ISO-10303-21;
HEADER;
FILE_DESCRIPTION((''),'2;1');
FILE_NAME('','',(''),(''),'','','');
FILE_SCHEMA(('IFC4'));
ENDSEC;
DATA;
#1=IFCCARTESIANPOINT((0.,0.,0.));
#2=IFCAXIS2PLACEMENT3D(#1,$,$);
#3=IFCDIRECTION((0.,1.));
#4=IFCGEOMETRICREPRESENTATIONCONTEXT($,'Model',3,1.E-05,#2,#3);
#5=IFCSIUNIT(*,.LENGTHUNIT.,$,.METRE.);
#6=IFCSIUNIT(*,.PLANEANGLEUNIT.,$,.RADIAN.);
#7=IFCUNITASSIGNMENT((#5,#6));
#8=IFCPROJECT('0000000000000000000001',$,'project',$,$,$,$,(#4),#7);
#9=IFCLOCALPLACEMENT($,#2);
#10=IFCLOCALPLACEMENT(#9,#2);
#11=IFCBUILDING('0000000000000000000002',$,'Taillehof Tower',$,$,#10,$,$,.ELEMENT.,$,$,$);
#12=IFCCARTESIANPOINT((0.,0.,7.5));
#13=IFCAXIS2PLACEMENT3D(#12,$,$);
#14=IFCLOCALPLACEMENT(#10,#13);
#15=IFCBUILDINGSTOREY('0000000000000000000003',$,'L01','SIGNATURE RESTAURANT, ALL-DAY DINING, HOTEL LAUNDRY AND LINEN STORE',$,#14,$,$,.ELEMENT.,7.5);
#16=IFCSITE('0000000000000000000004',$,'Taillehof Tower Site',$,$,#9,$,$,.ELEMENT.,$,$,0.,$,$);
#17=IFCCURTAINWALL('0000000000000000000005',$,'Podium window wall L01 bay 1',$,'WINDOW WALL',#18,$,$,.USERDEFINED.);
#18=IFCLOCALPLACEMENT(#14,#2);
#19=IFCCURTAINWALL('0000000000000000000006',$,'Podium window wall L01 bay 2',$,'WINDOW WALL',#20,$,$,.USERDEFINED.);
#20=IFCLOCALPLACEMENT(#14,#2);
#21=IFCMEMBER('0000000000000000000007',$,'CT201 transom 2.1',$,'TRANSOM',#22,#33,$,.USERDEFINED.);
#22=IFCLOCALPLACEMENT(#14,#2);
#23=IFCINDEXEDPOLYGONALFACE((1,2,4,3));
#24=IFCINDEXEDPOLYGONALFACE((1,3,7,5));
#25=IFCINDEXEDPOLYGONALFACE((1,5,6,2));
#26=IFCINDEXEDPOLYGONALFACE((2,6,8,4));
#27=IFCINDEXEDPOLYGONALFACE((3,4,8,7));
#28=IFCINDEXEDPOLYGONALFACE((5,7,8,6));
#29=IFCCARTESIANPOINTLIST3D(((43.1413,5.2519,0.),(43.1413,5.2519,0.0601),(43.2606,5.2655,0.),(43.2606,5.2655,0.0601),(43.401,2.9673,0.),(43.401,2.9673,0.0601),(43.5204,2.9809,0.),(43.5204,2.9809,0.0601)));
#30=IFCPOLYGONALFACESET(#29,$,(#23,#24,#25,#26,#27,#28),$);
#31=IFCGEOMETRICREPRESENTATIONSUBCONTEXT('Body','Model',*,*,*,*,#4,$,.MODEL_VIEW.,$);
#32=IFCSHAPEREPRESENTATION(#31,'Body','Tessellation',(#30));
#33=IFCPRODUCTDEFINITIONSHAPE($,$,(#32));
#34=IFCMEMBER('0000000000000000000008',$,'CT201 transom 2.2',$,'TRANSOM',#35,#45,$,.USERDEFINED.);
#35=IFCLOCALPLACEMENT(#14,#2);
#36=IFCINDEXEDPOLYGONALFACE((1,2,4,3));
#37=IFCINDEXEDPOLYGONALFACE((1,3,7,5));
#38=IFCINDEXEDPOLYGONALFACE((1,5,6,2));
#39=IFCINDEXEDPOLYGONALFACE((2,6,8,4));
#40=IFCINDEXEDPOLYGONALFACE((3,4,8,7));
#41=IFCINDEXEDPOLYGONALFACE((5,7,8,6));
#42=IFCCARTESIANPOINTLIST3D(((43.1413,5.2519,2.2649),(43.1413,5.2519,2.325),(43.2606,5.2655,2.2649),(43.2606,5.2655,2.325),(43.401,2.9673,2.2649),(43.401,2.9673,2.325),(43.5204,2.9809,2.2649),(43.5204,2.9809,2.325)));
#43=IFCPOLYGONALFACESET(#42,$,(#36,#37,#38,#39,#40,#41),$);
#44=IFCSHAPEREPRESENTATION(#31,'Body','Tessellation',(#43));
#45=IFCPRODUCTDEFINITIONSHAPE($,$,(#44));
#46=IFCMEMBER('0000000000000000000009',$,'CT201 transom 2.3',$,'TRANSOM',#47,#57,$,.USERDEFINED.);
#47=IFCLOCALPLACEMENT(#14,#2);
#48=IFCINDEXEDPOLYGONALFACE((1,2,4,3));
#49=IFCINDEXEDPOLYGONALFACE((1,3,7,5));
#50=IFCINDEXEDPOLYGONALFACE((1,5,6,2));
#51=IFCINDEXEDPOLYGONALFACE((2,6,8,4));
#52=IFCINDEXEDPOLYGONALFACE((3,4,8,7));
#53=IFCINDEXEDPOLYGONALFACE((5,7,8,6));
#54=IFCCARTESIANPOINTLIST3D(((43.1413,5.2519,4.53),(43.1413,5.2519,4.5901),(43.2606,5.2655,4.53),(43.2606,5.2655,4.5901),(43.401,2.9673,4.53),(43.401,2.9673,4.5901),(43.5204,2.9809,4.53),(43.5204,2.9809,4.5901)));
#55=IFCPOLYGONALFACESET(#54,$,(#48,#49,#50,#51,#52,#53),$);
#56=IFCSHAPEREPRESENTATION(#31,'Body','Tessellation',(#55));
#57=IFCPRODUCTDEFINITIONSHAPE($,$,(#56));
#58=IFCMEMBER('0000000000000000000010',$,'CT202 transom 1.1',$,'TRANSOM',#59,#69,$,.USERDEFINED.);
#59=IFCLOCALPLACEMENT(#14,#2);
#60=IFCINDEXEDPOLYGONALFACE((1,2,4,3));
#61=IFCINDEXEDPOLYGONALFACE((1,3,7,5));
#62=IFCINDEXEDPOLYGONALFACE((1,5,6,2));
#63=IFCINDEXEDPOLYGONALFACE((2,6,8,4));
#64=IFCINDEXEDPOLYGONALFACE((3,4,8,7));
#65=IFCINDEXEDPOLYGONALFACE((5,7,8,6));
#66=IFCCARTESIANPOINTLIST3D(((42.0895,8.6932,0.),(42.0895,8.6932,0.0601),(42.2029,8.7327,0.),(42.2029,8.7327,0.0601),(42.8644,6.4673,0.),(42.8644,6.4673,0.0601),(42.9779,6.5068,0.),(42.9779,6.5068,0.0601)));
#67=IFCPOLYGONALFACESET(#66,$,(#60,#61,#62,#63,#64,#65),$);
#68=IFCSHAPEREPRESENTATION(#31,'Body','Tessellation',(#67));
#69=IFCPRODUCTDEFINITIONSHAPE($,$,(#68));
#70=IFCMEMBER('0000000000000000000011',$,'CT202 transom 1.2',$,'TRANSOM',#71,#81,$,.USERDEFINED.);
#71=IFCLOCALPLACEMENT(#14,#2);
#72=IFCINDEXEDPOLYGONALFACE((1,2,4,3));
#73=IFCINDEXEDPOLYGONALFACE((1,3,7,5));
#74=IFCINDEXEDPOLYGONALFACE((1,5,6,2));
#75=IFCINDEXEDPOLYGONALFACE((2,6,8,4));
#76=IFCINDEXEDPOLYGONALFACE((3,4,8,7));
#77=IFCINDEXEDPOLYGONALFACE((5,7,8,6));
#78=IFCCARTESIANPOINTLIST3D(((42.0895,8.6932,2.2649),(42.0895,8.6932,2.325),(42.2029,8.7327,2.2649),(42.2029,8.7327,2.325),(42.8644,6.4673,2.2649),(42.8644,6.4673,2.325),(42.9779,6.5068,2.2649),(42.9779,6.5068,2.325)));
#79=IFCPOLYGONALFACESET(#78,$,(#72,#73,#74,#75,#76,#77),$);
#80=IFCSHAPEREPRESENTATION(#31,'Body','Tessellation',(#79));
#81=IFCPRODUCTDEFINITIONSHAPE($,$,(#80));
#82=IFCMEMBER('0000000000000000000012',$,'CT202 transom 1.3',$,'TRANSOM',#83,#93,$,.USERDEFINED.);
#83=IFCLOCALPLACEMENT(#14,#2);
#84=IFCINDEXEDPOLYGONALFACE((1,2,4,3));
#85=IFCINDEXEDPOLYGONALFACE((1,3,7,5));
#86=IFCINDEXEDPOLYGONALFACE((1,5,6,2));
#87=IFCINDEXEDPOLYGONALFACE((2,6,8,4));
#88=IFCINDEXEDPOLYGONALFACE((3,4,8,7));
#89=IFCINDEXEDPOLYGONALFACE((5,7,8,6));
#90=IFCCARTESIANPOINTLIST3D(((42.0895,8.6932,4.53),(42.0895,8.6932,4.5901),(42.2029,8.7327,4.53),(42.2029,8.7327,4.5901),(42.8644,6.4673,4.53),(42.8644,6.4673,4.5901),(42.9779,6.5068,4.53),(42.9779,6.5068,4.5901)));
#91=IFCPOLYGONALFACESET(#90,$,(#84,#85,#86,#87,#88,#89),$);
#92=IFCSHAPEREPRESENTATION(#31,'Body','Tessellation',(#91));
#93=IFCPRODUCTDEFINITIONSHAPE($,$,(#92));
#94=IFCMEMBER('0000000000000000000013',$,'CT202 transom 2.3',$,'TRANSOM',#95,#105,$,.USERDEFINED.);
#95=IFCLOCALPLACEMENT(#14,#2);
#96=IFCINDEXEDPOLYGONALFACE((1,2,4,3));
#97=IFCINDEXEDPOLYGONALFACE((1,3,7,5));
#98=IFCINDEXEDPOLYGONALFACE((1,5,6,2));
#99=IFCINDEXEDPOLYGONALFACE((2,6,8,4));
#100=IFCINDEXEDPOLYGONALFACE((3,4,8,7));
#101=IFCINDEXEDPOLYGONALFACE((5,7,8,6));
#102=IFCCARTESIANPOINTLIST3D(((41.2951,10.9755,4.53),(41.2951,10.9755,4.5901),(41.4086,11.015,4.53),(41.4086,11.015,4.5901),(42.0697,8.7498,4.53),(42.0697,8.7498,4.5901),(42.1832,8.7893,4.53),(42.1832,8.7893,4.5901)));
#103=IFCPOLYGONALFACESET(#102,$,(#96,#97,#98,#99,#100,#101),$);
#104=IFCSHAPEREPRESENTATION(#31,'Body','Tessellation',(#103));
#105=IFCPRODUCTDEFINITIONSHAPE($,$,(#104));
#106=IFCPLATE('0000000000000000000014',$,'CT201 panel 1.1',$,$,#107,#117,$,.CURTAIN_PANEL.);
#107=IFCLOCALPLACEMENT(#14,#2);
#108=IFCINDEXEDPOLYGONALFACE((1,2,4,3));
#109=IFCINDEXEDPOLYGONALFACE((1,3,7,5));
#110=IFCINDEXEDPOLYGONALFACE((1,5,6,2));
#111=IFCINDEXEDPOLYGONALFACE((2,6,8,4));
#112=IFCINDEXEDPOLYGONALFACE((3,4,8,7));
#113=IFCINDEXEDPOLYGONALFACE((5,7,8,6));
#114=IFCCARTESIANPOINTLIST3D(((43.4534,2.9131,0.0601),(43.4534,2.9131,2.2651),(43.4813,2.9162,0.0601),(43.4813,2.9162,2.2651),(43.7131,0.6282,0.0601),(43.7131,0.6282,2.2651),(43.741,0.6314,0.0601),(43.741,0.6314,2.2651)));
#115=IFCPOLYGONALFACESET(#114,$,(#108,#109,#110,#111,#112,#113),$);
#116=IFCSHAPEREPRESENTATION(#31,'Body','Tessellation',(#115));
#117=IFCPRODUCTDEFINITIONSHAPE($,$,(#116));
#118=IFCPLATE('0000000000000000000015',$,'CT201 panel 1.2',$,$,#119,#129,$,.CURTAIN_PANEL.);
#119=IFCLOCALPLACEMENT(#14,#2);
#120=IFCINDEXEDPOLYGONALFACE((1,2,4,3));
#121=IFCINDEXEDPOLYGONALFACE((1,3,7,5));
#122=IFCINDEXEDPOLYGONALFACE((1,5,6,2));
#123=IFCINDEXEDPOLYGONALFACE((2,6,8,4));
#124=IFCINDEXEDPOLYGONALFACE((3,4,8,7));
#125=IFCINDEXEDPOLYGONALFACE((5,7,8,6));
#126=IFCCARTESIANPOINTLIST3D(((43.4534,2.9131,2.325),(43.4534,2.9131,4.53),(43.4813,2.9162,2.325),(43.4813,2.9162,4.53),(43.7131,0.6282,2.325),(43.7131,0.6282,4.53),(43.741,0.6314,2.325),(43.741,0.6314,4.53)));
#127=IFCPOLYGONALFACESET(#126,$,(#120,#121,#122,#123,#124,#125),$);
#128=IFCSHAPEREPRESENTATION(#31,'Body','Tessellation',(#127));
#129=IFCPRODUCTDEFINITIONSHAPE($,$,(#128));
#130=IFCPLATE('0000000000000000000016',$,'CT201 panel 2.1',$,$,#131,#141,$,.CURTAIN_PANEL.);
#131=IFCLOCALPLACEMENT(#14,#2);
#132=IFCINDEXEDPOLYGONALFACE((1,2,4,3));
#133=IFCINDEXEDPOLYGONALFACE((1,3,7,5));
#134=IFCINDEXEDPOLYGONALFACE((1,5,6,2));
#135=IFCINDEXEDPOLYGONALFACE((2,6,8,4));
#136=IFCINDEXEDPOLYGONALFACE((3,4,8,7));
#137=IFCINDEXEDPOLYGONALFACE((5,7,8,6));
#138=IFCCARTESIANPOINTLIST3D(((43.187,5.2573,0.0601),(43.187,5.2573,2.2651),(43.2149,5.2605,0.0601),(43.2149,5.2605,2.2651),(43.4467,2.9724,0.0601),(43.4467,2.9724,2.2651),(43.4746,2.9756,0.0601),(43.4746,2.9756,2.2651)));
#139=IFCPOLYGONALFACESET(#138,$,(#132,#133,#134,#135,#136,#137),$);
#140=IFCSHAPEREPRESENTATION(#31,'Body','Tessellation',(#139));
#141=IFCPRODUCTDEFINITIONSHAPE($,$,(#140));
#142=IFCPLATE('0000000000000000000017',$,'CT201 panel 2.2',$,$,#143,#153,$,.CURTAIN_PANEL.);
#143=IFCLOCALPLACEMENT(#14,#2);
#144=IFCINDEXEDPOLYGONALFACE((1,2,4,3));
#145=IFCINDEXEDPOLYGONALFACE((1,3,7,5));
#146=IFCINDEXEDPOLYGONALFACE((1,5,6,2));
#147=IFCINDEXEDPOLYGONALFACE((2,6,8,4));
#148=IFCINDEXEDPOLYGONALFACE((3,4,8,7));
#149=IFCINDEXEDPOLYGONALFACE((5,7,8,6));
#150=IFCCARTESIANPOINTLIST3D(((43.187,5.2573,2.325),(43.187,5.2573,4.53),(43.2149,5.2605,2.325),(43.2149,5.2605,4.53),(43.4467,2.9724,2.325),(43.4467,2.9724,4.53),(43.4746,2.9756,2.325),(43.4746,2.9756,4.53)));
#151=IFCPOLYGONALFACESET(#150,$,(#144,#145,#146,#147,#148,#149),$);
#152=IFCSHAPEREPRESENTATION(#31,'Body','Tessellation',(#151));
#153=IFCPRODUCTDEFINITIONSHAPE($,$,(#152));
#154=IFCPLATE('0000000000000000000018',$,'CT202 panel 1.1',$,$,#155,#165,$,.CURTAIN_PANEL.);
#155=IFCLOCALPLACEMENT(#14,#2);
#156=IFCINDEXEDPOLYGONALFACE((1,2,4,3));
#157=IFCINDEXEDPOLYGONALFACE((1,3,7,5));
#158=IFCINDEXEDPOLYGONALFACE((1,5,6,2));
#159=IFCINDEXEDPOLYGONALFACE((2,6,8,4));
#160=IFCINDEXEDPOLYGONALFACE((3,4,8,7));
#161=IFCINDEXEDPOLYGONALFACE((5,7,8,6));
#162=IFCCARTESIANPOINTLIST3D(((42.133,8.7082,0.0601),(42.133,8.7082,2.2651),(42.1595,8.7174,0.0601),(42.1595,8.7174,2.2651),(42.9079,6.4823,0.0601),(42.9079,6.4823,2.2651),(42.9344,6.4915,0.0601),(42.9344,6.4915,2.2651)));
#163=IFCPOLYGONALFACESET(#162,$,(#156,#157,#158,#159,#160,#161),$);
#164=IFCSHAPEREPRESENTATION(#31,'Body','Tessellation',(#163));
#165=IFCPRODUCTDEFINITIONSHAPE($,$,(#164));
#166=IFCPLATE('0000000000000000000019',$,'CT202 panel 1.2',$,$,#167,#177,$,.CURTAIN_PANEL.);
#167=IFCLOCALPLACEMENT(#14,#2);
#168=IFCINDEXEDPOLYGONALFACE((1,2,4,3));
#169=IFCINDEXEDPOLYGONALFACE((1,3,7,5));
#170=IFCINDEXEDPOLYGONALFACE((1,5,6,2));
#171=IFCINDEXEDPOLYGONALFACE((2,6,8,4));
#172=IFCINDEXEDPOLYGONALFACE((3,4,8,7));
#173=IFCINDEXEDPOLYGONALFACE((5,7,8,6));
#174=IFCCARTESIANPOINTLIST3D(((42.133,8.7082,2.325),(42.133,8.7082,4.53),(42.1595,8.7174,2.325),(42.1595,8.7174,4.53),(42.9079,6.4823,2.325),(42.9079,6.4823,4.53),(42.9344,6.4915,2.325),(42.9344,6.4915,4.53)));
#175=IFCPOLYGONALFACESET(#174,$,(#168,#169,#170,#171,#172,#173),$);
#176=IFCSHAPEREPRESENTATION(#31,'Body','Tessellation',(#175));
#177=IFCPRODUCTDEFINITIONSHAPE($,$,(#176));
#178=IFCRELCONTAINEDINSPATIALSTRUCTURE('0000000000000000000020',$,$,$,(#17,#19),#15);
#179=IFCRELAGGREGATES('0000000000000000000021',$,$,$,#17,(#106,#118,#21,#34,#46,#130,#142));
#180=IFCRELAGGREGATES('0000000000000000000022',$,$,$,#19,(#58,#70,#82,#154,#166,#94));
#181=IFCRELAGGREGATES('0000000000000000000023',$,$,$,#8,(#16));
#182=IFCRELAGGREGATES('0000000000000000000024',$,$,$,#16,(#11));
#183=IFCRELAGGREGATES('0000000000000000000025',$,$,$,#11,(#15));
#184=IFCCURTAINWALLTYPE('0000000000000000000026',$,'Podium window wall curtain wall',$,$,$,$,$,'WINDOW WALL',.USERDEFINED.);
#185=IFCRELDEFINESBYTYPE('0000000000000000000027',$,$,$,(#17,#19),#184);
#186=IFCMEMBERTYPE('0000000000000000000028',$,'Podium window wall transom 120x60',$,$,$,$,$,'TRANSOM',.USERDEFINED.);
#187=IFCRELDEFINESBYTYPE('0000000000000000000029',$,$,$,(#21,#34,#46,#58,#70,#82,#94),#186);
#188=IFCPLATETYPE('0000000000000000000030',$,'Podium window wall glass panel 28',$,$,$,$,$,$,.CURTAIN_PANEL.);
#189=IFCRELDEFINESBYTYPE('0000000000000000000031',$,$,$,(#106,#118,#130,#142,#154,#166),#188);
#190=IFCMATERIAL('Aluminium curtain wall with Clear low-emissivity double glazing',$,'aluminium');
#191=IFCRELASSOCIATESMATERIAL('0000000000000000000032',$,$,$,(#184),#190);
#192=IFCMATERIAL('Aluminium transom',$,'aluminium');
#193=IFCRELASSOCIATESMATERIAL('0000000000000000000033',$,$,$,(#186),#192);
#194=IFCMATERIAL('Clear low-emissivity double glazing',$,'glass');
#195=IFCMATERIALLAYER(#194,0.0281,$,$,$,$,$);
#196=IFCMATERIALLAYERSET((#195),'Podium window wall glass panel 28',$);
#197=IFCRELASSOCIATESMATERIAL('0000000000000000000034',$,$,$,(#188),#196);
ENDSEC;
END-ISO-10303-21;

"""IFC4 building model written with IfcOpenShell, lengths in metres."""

from ifc_helpers import new_model, si_unit, direction, frame, origin, origin_2d, place, context, subcontext, project, spatial, rectangle, extrude, material, layer, layer_set, material_profile, profile_set, type_object, element, aggregate, save


model = new_model("IFC4")

# Units and contexts
model_context = context("Model", 3, precision=1e-05, world=origin(), true_north=direction((0.0, 1.0)))
body_context = subcontext(model_context, "Body", "Model", "MODEL_VIEW")
ifc_project = project(units=[si_unit("LENGTHUNIT", "METRE"), si_unit("PLANEANGLEUNIT", "RADIAN")], contexts=[model_context])

# Site, building, storey
site_placement = place(None, origin())
site = spatial("IfcSite", under=ifc_project, at=site_placement, Name="Taillehof Tower Site", CompositionType="ELEMENT", RefElevation=0.0)
building_placement = place(site_placement, origin())
building = spatial("IfcBuilding", under=site, at=building_placement, Name="Taillehof Tower", CompositionType="ELEMENT")
storey_placement = place(building_placement, frame((0.0, 0.0, 7.5)))
storey = spatial("IfcBuildingStorey", under=building, at=storey_placement, Name="L01", Description="SIGNATURE RESTAURANT, ALL-DAY DINING, HOTEL LAUNDRY AND LINEN STORE", CompositionType="ELEMENT", Elevation=7.5)

# Curtain walls
ifc_material_1 = material(Name="Aluminium curtain wall with Clear low-emissivity double glazing", Category="aluminium")
curtain_wall_type = type_object("IfcCurtainWallType", Name="Podium window wall curtain wall", ElementType="WINDOW WALL", PredefinedType="USERDEFINED", material=ifc_material_1)
curtain_wall_1_placement = place(storey_placement, origin())
curtain_wall_1 = element("IfcCurtainWall", 1, at=curtain_wall_1_placement, inside=storey, type_object=curtain_wall_type, Name="Podium window wall L01 bay 1", ObjectType="WINDOW WALL", PredefinedType="USERDEFINED")
curtain_wall_2_placement = place(storey_placement, origin())
curtain_wall_2 = element("IfcCurtainWall", 2, at=curtain_wall_2_placement, inside=storey, type_object=curtain_wall_type, Name="Podium window wall L01 bay 2", ObjectType="WINDOW WALL", PredefinedType="USERDEFINED")

# Members
ifc_material_2 = material(Name="Aluminium transom", Category="aluminium")
ifc_material_profile_1 = material_profile(ifc_material_2, rectangle(XDim=0.1201, YDim=0.0601, at=origin_2d()), Name="AL 120x60")
ifc_profile_set_1 = profile_set([ifc_material_profile_1], Name="Aluminium transom")
member_type_1 = type_object("IfcMemberType", Name="Podium window wall transom 120x60", ElementType="TRANSOM", PredefinedType="USERDEFINED", material=ifc_profile_set_1)
member_1_placement = place(storey_placement, frame((43.4607, 2.9741, 0.03), z_axis=(-0.112972, 0.993598, 0.0), x_axis=(-0.993598, -0.112972, 0.0)))
member_1 = element("IfcMember", 3, at=member_1_placement, type_object=member_type_1, Name="CT201 transom 2.1", ObjectType="TRANSOM", PredefinedType="USERDEFINED", context=body_context, shape_type="SweptSolid", body=[
    extrude(rectangle(XDim=0.1201, YDim=0.0601, at=origin_2d()), origin(), (0.0, 0.0, 1.0), 2.2993),
])
member_2_placement = place(storey_placement, frame((43.4607, 2.9741, 2.2949), z_axis=(-0.112972, 0.993598, 0.0), x_axis=(-0.993598, -0.112972, 0.0)))
member_2 = element("IfcMember", 4, at=member_2_placement, type_object=member_type_1, Name="CT201 transom 2.2", ObjectType="TRANSOM", PredefinedType="USERDEFINED", context=body_context, shape_type="SweptSolid", body=[
    extrude(rectangle(XDim=0.1201, YDim=0.0601, at=origin_2d()), origin(), (0.0, 0.0, 1.0), 2.2993),
])
member_3_placement = place(storey_placement, frame((43.4607, 2.9741, 4.5601), z_axis=(-0.112972, 0.993598, 0.0), x_axis=(-0.993598, -0.112972, 0.0)))
member_3 = element("IfcMember", 5, at=member_3_placement, type_object=member_type_1, Name="CT201 transom 2.3", ObjectType="TRANSOM", PredefinedType="USERDEFINED", context=body_context, shape_type="SweptSolid", body=[
    extrude(rectangle(XDim=0.1201, YDim=0.0601, at=origin_2d()), origin(), (0.0, 0.0, 1.0), 2.2993),
])
member_4_placement = place(storey_placement, frame((42.9211, 6.4871, 0.03), z_axis=(-0.328786, 0.944405, 0.0), x_axis=(-0.944405, -0.328786, 0.0)))
member_4 = element("IfcMember", 6, at=member_4_placement, type_object=member_type_1, Name="CT202 transom 1.1", ObjectType="TRANSOM", PredefinedType="USERDEFINED", context=body_context, shape_type="SweptSolid", body=[
    extrude(rectangle(XDim=0.1201, YDim=0.0601, at=origin_2d()), origin(), (0.0, 0.0, 1.0), 2.3569),
])
member_5_placement = place(storey_placement, frame((42.9211, 6.4871, 2.2949), z_axis=(-0.328786, 0.944405, 0.0), x_axis=(-0.944405, -0.328786, 0.0)))
member_5 = element("IfcMember", 7, at=member_5_placement, type_object=member_type_1, Name="CT202 transom 1.2", ObjectType="TRANSOM", PredefinedType="USERDEFINED", context=body_context, shape_type="SweptSolid", body=[
    extrude(rectangle(XDim=0.1201, YDim=0.0601, at=origin_2d()), origin(), (0.0, 0.0, 1.0), 2.3569),
])
member_6_placement = place(storey_placement, frame((42.9211, 6.4871, 4.5601), z_axis=(-0.328786, 0.944405, 0.0), x_axis=(-0.944405, -0.328786, 0.0)))
member_6 = element("IfcMember", 8, at=member_6_placement, type_object=member_type_1, Name="CT202 transom 1.3", ObjectType="TRANSOM", PredefinedType="USERDEFINED", context=body_context, shape_type="SweptSolid", body=[
    extrude(rectangle(XDim=0.1201, YDim=0.0601, at=origin_2d()), origin(), (0.0, 0.0, 1.0), 2.3569),
])
member_7_placement = place(storey_placement, frame((42.1265, 8.7695, 4.5601), z_axis=(-0.328693, 0.944437, 0.0), x_axis=(-0.944437, -0.328693, 0.0)))
member_7 = element("IfcMember", 9, at=member_7_placement, type_object=member_type_1, Name="CT202 transom 2.3", ObjectType="TRANSOM", PredefinedType="USERDEFINED", context=body_context, shape_type="SweptSolid", body=[
    extrude(rectangle(XDim=0.1201, YDim=0.0601, at=origin_2d()), origin(), (0.0, 0.0, 1.0), 2.3567),
])

# Plates
ifc_material_3 = material(Name="Clear low-emissivity double glazing", Category="glass")
ifc_layer = layer(ifc_material_3, 0.0281)
ifc_layer_set = layer_set([ifc_layer], Name="Podium window wall glass panel 28")
plate_type = type_object("IfcPlateType", Name="Podium window wall glass panel 28", PredefinedType="CURTAIN_PANEL", material=ifc_layer_set)
plate_1_placement = place(storey_placement, frame((43.5972, 1.7722, 0.0601), z_axis=(0.0, 0.0, 1.0), x_axis=(-0.112932, 0.993603, 0.0)))
plate_1 = element("IfcPlate", 10, at=plate_1_placement, type_object=plate_type, Name="CT201 panel 1.1", PredefinedType="CURTAIN_PANEL", context=body_context, shape_type="SweptSolid", body=[
    extrude(rectangle(XDim=2.2996, YDim=0.0281, at=origin_2d()), origin(), (0.0, 0.0, 1.0), 2.2051),
])
plate_2_placement = place(storey_placement, frame((43.5972, 1.7722, 2.325), z_axis=(0.0, 0.0, 1.0), x_axis=(-0.112932, 0.993603, 0.0)))
plate_2 = element("IfcPlate", 11, at=plate_2_placement, type_object=plate_type, Name="CT201 panel 1.2", PredefinedType="CURTAIN_PANEL", context=body_context, shape_type="SweptSolid", body=[
    extrude(rectangle(XDim=2.2996, YDim=0.0281, at=origin_2d()), origin(), (0.0, 0.0, 1.0), 2.2051),
])
plate_3_placement = place(storey_placement, frame((43.3308, 4.1165, 0.0601), z_axis=(0.0, 0.0, 1.0), x_axis=(-0.112932, 0.993603, 0.0)))
plate_3 = element("IfcPlate", 12, at=plate_3_placement, type_object=plate_type, Name="CT201 panel 2.1", PredefinedType="CURTAIN_PANEL", context=body_context, shape_type="SweptSolid", body=[
    extrude(rectangle(XDim=2.2996, YDim=0.0281, at=origin_2d()), origin(), (0.0, 0.0, 1.0), 2.2051),
])
plate_4_placement = place(storey_placement, frame((43.3308, 4.1165, 2.325), z_axis=(0.0, 0.0, 1.0), x_axis=(-0.112932, 0.993603, 0.0)))
plate_4 = element("IfcPlate", 13, at=plate_4_placement, type_object=plate_type, Name="CT201 panel 2.2", PredefinedType="CURTAIN_PANEL", context=body_context, shape_type="SweptSolid", body=[
    extrude(rectangle(XDim=2.2996, YDim=0.0281, at=origin_2d()), origin(), (0.0, 0.0, 1.0), 2.2051),
])
aggregate(curtain_wall_1, [plate_1, plate_2, member_1, member_2, member_3, plate_3, plate_4])
plate_5_placement = place(storey_placement, frame((42.5337, 7.5999, 0.0601), z_axis=(0.0, 0.0, 1.0), x_axis=(-0.328758, 0.944414, 0.0)))
plate_5 = element("IfcPlate", 14, at=plate_5_placement, type_object=plate_type, Name="CT202 panel 1.1", PredefinedType="CURTAIN_PANEL", context=body_context, shape_type="SweptSolid", body=[
    extrude(rectangle(XDim=2.3569, YDim=0.0281, at=origin_2d()), origin(), (0.0, 0.0, 1.0), 2.2051),
])
plate_6_placement = place(storey_placement, frame((42.5337, 7.5999, 2.325), z_axis=(0.0, 0.0, 1.0), x_axis=(-0.328758, 0.944414, 0.0)))
plate_6 = element("IfcPlate", 15, at=plate_6_placement, type_object=plate_type, Name="CT202 panel 1.2", PredefinedType="CURTAIN_PANEL", context=body_context, shape_type="SweptSolid", body=[
    extrude(rectangle(XDim=2.3569, YDim=0.0281, at=origin_2d()), origin(), (0.0, 0.0, 1.0), 2.2051),
])
aggregate(curtain_wall_2, [member_4, member_5, member_6, plate_5, plate_6, member_7])

save(model, "model.ifc")
